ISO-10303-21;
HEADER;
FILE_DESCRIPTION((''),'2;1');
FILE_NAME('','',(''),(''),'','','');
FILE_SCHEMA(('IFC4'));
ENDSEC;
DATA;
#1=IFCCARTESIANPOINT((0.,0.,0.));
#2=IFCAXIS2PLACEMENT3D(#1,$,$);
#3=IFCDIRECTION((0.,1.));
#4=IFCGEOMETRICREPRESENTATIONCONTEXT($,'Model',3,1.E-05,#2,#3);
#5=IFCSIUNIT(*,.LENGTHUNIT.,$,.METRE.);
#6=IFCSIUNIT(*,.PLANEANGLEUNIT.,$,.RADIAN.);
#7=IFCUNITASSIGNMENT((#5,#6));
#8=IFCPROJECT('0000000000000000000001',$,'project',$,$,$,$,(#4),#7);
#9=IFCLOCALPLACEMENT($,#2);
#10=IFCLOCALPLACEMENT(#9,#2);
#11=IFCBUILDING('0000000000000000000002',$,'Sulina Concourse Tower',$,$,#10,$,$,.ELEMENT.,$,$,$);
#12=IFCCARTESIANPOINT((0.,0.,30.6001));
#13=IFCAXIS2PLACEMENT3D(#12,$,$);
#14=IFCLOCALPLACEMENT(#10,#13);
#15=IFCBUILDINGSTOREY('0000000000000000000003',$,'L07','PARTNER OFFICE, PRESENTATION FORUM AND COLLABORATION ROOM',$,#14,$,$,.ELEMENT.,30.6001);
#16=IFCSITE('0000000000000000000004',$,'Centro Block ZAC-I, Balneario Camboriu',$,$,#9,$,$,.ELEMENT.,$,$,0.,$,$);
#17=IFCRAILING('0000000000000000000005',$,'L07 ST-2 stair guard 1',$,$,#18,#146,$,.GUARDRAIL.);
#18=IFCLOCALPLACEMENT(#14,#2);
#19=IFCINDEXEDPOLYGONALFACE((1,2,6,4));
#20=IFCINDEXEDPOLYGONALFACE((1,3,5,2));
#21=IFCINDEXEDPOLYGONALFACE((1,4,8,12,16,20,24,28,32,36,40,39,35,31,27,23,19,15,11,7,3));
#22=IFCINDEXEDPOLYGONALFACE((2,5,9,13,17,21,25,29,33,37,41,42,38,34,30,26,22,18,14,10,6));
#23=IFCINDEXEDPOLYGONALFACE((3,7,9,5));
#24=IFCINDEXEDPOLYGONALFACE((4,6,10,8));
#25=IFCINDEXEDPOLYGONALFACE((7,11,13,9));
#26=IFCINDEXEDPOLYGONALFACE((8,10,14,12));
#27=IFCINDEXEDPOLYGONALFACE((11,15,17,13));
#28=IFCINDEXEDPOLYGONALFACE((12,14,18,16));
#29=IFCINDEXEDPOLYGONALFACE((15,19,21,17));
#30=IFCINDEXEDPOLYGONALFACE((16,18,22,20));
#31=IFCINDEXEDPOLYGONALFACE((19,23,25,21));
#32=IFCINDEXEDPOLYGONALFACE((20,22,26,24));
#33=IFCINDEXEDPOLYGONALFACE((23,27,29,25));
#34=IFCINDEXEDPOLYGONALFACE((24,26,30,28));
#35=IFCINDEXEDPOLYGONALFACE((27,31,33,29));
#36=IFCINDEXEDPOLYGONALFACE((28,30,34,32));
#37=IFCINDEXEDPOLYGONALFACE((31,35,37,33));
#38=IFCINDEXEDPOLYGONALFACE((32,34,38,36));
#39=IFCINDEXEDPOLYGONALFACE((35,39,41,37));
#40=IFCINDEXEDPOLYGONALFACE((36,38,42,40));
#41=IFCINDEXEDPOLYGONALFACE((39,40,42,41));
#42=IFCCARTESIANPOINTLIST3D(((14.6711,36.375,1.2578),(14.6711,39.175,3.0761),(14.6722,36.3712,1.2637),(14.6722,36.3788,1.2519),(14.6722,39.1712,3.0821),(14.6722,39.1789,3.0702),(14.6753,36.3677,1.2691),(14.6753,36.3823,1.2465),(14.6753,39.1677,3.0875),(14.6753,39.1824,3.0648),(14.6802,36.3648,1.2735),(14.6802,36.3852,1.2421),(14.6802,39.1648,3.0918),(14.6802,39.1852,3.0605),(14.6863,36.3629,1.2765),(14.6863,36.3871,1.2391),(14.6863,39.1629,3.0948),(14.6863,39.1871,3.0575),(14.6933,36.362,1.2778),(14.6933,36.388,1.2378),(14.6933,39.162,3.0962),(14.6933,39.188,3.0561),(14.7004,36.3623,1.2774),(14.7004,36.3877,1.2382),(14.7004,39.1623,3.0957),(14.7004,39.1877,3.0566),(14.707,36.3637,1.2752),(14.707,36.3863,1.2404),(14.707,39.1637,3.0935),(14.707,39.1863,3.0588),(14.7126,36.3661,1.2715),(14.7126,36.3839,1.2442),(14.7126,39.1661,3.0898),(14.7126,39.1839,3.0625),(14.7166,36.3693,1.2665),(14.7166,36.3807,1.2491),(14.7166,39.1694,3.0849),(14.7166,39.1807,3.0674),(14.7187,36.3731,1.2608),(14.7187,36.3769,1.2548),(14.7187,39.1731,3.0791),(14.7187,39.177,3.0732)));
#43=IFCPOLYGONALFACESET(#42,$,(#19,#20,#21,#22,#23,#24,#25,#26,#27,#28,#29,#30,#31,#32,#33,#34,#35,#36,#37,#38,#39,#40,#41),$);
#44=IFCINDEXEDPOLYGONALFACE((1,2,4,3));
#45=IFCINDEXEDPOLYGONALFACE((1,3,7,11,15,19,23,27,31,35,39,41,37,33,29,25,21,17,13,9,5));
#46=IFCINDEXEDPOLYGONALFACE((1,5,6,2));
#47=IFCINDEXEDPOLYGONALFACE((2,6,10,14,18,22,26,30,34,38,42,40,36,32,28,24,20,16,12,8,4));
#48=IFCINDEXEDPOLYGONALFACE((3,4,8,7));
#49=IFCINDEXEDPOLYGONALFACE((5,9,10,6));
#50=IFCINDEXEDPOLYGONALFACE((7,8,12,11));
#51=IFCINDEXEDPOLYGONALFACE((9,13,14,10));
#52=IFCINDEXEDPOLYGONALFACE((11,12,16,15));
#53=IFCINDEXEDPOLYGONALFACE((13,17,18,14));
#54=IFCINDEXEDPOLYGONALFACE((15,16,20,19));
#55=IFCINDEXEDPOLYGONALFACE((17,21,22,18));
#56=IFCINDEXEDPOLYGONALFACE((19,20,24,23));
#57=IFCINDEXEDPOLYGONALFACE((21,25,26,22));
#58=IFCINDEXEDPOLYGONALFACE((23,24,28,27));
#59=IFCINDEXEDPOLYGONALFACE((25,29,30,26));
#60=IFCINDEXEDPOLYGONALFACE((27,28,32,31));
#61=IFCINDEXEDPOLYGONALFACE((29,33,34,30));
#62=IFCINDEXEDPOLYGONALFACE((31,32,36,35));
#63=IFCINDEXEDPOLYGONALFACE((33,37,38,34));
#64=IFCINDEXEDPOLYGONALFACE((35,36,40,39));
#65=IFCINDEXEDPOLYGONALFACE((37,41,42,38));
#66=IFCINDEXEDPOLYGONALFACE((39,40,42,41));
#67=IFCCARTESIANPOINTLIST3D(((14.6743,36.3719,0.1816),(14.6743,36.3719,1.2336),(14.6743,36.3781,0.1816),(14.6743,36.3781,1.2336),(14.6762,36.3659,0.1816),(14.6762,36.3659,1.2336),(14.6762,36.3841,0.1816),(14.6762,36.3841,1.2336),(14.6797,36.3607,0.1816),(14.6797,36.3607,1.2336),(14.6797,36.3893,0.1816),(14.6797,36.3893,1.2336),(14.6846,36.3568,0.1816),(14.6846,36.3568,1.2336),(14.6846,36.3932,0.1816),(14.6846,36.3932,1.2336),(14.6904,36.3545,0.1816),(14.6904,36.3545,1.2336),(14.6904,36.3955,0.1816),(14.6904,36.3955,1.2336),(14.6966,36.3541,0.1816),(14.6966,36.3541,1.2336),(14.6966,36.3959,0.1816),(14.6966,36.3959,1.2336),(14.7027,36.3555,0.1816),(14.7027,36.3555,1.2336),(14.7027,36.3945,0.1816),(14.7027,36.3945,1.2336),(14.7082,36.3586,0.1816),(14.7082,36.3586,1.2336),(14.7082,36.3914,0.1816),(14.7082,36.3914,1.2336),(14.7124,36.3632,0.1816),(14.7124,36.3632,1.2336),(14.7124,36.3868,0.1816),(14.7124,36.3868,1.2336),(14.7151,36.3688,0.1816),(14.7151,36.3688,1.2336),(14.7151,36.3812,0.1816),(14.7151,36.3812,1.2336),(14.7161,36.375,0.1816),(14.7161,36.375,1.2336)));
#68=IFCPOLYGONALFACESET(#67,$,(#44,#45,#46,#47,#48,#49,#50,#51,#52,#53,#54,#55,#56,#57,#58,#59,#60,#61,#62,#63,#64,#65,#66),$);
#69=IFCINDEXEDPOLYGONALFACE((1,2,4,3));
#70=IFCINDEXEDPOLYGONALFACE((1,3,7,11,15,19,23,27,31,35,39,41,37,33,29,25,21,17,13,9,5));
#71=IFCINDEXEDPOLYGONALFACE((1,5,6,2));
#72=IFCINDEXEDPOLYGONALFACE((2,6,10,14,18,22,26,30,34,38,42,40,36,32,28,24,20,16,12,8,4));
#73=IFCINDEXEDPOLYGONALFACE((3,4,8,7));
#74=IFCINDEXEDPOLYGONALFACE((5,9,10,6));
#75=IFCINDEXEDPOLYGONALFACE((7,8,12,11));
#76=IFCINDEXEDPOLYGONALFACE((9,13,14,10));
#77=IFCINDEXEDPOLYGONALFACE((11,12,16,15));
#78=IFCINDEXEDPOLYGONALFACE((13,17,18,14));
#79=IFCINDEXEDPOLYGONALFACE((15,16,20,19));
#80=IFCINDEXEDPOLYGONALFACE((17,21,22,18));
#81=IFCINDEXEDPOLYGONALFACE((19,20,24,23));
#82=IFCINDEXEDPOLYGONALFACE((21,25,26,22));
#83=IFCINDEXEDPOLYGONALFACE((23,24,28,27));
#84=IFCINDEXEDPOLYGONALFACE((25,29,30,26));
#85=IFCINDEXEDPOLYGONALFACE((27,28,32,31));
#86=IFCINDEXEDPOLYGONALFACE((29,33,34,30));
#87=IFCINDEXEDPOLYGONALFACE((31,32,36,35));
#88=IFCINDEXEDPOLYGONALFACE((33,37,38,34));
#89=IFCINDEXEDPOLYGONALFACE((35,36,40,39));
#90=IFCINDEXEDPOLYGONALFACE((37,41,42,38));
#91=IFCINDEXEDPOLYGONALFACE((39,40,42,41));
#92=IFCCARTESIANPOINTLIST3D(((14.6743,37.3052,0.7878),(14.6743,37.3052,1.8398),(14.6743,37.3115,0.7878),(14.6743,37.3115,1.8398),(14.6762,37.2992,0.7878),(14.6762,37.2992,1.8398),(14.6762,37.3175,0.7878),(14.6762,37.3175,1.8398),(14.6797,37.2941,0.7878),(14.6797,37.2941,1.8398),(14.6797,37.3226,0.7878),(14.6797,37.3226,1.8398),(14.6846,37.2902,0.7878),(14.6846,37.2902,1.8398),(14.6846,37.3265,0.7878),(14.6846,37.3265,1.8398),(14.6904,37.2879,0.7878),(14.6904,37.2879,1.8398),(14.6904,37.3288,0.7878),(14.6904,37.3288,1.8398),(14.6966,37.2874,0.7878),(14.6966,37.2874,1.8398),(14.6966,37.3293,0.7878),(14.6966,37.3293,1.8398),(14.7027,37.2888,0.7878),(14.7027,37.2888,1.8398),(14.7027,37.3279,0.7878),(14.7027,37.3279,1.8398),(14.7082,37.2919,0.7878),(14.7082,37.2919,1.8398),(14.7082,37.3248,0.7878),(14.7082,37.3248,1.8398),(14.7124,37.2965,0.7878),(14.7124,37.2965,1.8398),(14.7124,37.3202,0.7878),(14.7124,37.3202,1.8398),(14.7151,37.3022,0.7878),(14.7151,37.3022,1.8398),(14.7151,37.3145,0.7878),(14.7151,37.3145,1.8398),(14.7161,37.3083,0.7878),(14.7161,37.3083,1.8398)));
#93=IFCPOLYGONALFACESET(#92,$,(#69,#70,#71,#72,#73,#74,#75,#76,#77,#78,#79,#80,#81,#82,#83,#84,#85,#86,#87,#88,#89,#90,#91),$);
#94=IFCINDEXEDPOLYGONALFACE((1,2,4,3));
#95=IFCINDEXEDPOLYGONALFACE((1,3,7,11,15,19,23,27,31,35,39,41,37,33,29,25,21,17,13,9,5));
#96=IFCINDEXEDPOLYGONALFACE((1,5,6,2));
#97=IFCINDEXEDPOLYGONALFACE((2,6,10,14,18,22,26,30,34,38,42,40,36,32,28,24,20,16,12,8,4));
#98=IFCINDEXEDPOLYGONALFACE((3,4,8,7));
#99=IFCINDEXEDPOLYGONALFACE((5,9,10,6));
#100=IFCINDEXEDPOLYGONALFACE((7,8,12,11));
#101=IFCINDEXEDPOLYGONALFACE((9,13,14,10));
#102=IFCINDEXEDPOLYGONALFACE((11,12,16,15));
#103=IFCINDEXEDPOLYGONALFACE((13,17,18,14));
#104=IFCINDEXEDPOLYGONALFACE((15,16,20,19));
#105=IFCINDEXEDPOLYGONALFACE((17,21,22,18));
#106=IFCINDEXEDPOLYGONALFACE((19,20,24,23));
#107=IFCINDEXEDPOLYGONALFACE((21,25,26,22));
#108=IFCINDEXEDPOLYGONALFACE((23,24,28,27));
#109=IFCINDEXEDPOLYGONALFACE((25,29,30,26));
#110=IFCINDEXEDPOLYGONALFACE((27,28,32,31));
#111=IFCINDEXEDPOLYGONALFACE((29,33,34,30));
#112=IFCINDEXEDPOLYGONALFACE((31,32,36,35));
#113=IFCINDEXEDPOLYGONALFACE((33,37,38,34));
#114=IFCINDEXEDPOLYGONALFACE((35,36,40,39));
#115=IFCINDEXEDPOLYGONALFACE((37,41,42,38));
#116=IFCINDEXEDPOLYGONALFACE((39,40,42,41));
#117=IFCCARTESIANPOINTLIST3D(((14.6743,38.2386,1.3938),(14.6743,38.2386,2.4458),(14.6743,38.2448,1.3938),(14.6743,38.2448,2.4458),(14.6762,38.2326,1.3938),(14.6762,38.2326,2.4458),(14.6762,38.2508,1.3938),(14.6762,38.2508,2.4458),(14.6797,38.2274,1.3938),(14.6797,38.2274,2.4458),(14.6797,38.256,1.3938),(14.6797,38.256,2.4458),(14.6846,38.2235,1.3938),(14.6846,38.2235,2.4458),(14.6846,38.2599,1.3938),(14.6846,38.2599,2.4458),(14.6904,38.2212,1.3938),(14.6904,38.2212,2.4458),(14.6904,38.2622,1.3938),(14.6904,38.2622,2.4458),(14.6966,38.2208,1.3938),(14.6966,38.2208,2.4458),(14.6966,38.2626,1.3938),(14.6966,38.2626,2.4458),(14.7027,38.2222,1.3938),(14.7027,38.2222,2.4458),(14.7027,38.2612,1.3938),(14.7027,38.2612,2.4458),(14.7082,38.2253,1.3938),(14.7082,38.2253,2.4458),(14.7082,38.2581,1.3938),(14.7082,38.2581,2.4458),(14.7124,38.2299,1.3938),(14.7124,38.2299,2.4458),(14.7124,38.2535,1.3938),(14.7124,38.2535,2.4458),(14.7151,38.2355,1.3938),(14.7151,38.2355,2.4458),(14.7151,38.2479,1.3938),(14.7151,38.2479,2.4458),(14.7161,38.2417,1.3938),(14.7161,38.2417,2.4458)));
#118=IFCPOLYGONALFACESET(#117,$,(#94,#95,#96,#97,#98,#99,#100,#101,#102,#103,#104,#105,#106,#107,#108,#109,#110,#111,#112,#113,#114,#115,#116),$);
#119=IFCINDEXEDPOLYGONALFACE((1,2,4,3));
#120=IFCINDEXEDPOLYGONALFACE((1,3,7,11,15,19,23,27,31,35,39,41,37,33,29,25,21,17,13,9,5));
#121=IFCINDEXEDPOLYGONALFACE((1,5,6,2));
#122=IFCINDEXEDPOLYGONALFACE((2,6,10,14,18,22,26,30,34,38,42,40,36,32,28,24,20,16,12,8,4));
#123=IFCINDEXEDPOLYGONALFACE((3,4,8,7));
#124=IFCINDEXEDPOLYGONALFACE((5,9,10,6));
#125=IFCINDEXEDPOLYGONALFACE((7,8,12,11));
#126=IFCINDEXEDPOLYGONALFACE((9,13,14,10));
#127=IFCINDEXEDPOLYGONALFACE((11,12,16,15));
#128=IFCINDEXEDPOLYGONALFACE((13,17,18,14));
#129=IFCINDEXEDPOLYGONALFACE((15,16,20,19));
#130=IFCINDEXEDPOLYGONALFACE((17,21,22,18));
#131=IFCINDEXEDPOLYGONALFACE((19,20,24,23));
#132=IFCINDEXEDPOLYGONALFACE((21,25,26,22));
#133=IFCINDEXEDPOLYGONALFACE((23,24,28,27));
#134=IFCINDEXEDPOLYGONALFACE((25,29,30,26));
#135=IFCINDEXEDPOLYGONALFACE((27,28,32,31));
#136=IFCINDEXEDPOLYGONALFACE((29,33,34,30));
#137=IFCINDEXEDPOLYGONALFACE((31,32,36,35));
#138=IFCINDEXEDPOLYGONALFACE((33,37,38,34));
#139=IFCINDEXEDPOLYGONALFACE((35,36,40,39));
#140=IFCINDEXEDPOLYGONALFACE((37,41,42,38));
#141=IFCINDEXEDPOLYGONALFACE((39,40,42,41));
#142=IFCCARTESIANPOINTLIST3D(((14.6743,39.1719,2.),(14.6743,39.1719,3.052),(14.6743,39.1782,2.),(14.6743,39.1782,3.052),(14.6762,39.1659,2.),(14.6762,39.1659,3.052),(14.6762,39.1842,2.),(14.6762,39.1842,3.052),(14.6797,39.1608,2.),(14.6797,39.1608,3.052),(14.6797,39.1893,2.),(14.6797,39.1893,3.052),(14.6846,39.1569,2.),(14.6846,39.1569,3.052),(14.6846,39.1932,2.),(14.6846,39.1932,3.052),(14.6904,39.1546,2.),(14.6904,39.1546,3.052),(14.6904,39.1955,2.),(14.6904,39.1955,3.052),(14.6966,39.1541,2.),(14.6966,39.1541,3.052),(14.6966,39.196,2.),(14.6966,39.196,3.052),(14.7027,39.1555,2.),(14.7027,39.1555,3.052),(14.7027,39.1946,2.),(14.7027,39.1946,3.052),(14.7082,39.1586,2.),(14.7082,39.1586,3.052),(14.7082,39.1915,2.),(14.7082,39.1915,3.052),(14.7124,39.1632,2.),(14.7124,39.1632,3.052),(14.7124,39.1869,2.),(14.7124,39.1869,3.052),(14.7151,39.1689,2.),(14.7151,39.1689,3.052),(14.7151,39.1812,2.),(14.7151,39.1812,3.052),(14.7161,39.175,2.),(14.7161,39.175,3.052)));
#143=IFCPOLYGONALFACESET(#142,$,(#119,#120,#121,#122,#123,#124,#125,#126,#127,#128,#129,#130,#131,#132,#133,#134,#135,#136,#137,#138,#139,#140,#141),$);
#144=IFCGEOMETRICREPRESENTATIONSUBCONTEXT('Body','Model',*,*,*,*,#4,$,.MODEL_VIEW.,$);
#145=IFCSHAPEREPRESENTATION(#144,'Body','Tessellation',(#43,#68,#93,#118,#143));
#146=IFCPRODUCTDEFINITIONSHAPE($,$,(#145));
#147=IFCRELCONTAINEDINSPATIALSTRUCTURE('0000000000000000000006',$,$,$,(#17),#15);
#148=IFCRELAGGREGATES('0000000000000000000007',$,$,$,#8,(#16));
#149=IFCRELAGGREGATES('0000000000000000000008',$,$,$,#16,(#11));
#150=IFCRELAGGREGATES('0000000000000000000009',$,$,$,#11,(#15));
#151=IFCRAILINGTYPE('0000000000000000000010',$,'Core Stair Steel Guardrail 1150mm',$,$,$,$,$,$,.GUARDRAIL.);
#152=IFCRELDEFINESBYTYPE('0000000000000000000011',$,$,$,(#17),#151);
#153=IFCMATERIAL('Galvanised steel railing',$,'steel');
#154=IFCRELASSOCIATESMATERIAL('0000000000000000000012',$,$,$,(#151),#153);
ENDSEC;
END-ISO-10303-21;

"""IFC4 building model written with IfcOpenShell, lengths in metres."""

from ifc_helpers import new_model, si_unit, direction, frame, origin, origin_2d, place, context, subcontext, project, spatial, circle, extrude, material, type_object, element, save


model = new_model("IFC4")

# Units and contexts
model_context = context("Model", 3, precision=1e-05, world=origin(), true_north=direction((0.0, 1.0)))
body_context = subcontext(model_context, "Body", "Model", "MODEL_VIEW")
ifc_project = project(units=[si_unit("LENGTHUNIT", "METRE"), si_unit("PLANEANGLEUNIT", "RADIAN")], contexts=[model_context])

# Site, building, storey
site_placement = place(None, origin())
site = spatial("IfcSite", under=ifc_project, at=site_placement, Name="Centro Block ZAC-I, Balneario Camboriu", CompositionType="ELEMENT", RefElevation=0.0)
building_placement = place(site_placement, origin())
building = spatial("IfcBuilding", under=site, at=building_placement, Name="Sulina Concourse Tower", CompositionType="ELEMENT")
storey_placement = place(building_placement, frame((0.0, 0.0, 30.6001)))
storey = spatial("IfcBuildingStorey", under=building, at=storey_placement, Name="L07", Description="PARTNER OFFICE, PRESENTATION FORUM AND COLLABORATION ROOM", CompositionType="ELEMENT", Elevation=30.6001)

# Railing
ifc_material_1 = material(Name="Galvanised steel railing", Category="steel")
railing_type_1 = type_object("IfcRailingType", Name="Core Stair Steel Guardrail 1150mm", PredefinedType="GUARDRAIL", material=ifc_material_1)
railing_1_placement = place(storey_placement, frame((14.6951, 36.375, 0.1816)))
element("IfcRailing", 1, at=railing_1_placement, inside=storey, type_object=railing_type_1, Name="L07 ST-2 stair guard 1", PredefinedType="GUARDRAIL", context=body_context, shape_type="SweptSolid", body=[
    extrude(circle(Radius=0.0239, at=origin_2d()), frame((0.0, 0.0, 1.0762), z_axis=(0.0, 0.838672, 0.544636), x_axis=(-1.0, 0.0, 0.0)), (0.0, 0.0, 1.0), 3.3386),
    extrude(circle(Radius=0.021, at=origin_2d()), origin(), (0.0, 0.0, 1.0), 1.052),
    extrude(circle(Radius=0.021, at=origin_2d()), frame((0.0, 0.9333, 0.6062)), (0.0, 0.0, 1.0), 1.052),
    extrude(circle(Radius=0.021, at=origin_2d()), frame((0.0, 1.8667, 1.2122)), (0.0, 0.0, 1.0), 1.052),
    extrude(circle(Radius=0.021, at=origin_2d()), frame((0.0, 2.8, 1.8184)), (0.0, 0.0, 1.0), 1.052),
])

save(model, "model.ifc")
